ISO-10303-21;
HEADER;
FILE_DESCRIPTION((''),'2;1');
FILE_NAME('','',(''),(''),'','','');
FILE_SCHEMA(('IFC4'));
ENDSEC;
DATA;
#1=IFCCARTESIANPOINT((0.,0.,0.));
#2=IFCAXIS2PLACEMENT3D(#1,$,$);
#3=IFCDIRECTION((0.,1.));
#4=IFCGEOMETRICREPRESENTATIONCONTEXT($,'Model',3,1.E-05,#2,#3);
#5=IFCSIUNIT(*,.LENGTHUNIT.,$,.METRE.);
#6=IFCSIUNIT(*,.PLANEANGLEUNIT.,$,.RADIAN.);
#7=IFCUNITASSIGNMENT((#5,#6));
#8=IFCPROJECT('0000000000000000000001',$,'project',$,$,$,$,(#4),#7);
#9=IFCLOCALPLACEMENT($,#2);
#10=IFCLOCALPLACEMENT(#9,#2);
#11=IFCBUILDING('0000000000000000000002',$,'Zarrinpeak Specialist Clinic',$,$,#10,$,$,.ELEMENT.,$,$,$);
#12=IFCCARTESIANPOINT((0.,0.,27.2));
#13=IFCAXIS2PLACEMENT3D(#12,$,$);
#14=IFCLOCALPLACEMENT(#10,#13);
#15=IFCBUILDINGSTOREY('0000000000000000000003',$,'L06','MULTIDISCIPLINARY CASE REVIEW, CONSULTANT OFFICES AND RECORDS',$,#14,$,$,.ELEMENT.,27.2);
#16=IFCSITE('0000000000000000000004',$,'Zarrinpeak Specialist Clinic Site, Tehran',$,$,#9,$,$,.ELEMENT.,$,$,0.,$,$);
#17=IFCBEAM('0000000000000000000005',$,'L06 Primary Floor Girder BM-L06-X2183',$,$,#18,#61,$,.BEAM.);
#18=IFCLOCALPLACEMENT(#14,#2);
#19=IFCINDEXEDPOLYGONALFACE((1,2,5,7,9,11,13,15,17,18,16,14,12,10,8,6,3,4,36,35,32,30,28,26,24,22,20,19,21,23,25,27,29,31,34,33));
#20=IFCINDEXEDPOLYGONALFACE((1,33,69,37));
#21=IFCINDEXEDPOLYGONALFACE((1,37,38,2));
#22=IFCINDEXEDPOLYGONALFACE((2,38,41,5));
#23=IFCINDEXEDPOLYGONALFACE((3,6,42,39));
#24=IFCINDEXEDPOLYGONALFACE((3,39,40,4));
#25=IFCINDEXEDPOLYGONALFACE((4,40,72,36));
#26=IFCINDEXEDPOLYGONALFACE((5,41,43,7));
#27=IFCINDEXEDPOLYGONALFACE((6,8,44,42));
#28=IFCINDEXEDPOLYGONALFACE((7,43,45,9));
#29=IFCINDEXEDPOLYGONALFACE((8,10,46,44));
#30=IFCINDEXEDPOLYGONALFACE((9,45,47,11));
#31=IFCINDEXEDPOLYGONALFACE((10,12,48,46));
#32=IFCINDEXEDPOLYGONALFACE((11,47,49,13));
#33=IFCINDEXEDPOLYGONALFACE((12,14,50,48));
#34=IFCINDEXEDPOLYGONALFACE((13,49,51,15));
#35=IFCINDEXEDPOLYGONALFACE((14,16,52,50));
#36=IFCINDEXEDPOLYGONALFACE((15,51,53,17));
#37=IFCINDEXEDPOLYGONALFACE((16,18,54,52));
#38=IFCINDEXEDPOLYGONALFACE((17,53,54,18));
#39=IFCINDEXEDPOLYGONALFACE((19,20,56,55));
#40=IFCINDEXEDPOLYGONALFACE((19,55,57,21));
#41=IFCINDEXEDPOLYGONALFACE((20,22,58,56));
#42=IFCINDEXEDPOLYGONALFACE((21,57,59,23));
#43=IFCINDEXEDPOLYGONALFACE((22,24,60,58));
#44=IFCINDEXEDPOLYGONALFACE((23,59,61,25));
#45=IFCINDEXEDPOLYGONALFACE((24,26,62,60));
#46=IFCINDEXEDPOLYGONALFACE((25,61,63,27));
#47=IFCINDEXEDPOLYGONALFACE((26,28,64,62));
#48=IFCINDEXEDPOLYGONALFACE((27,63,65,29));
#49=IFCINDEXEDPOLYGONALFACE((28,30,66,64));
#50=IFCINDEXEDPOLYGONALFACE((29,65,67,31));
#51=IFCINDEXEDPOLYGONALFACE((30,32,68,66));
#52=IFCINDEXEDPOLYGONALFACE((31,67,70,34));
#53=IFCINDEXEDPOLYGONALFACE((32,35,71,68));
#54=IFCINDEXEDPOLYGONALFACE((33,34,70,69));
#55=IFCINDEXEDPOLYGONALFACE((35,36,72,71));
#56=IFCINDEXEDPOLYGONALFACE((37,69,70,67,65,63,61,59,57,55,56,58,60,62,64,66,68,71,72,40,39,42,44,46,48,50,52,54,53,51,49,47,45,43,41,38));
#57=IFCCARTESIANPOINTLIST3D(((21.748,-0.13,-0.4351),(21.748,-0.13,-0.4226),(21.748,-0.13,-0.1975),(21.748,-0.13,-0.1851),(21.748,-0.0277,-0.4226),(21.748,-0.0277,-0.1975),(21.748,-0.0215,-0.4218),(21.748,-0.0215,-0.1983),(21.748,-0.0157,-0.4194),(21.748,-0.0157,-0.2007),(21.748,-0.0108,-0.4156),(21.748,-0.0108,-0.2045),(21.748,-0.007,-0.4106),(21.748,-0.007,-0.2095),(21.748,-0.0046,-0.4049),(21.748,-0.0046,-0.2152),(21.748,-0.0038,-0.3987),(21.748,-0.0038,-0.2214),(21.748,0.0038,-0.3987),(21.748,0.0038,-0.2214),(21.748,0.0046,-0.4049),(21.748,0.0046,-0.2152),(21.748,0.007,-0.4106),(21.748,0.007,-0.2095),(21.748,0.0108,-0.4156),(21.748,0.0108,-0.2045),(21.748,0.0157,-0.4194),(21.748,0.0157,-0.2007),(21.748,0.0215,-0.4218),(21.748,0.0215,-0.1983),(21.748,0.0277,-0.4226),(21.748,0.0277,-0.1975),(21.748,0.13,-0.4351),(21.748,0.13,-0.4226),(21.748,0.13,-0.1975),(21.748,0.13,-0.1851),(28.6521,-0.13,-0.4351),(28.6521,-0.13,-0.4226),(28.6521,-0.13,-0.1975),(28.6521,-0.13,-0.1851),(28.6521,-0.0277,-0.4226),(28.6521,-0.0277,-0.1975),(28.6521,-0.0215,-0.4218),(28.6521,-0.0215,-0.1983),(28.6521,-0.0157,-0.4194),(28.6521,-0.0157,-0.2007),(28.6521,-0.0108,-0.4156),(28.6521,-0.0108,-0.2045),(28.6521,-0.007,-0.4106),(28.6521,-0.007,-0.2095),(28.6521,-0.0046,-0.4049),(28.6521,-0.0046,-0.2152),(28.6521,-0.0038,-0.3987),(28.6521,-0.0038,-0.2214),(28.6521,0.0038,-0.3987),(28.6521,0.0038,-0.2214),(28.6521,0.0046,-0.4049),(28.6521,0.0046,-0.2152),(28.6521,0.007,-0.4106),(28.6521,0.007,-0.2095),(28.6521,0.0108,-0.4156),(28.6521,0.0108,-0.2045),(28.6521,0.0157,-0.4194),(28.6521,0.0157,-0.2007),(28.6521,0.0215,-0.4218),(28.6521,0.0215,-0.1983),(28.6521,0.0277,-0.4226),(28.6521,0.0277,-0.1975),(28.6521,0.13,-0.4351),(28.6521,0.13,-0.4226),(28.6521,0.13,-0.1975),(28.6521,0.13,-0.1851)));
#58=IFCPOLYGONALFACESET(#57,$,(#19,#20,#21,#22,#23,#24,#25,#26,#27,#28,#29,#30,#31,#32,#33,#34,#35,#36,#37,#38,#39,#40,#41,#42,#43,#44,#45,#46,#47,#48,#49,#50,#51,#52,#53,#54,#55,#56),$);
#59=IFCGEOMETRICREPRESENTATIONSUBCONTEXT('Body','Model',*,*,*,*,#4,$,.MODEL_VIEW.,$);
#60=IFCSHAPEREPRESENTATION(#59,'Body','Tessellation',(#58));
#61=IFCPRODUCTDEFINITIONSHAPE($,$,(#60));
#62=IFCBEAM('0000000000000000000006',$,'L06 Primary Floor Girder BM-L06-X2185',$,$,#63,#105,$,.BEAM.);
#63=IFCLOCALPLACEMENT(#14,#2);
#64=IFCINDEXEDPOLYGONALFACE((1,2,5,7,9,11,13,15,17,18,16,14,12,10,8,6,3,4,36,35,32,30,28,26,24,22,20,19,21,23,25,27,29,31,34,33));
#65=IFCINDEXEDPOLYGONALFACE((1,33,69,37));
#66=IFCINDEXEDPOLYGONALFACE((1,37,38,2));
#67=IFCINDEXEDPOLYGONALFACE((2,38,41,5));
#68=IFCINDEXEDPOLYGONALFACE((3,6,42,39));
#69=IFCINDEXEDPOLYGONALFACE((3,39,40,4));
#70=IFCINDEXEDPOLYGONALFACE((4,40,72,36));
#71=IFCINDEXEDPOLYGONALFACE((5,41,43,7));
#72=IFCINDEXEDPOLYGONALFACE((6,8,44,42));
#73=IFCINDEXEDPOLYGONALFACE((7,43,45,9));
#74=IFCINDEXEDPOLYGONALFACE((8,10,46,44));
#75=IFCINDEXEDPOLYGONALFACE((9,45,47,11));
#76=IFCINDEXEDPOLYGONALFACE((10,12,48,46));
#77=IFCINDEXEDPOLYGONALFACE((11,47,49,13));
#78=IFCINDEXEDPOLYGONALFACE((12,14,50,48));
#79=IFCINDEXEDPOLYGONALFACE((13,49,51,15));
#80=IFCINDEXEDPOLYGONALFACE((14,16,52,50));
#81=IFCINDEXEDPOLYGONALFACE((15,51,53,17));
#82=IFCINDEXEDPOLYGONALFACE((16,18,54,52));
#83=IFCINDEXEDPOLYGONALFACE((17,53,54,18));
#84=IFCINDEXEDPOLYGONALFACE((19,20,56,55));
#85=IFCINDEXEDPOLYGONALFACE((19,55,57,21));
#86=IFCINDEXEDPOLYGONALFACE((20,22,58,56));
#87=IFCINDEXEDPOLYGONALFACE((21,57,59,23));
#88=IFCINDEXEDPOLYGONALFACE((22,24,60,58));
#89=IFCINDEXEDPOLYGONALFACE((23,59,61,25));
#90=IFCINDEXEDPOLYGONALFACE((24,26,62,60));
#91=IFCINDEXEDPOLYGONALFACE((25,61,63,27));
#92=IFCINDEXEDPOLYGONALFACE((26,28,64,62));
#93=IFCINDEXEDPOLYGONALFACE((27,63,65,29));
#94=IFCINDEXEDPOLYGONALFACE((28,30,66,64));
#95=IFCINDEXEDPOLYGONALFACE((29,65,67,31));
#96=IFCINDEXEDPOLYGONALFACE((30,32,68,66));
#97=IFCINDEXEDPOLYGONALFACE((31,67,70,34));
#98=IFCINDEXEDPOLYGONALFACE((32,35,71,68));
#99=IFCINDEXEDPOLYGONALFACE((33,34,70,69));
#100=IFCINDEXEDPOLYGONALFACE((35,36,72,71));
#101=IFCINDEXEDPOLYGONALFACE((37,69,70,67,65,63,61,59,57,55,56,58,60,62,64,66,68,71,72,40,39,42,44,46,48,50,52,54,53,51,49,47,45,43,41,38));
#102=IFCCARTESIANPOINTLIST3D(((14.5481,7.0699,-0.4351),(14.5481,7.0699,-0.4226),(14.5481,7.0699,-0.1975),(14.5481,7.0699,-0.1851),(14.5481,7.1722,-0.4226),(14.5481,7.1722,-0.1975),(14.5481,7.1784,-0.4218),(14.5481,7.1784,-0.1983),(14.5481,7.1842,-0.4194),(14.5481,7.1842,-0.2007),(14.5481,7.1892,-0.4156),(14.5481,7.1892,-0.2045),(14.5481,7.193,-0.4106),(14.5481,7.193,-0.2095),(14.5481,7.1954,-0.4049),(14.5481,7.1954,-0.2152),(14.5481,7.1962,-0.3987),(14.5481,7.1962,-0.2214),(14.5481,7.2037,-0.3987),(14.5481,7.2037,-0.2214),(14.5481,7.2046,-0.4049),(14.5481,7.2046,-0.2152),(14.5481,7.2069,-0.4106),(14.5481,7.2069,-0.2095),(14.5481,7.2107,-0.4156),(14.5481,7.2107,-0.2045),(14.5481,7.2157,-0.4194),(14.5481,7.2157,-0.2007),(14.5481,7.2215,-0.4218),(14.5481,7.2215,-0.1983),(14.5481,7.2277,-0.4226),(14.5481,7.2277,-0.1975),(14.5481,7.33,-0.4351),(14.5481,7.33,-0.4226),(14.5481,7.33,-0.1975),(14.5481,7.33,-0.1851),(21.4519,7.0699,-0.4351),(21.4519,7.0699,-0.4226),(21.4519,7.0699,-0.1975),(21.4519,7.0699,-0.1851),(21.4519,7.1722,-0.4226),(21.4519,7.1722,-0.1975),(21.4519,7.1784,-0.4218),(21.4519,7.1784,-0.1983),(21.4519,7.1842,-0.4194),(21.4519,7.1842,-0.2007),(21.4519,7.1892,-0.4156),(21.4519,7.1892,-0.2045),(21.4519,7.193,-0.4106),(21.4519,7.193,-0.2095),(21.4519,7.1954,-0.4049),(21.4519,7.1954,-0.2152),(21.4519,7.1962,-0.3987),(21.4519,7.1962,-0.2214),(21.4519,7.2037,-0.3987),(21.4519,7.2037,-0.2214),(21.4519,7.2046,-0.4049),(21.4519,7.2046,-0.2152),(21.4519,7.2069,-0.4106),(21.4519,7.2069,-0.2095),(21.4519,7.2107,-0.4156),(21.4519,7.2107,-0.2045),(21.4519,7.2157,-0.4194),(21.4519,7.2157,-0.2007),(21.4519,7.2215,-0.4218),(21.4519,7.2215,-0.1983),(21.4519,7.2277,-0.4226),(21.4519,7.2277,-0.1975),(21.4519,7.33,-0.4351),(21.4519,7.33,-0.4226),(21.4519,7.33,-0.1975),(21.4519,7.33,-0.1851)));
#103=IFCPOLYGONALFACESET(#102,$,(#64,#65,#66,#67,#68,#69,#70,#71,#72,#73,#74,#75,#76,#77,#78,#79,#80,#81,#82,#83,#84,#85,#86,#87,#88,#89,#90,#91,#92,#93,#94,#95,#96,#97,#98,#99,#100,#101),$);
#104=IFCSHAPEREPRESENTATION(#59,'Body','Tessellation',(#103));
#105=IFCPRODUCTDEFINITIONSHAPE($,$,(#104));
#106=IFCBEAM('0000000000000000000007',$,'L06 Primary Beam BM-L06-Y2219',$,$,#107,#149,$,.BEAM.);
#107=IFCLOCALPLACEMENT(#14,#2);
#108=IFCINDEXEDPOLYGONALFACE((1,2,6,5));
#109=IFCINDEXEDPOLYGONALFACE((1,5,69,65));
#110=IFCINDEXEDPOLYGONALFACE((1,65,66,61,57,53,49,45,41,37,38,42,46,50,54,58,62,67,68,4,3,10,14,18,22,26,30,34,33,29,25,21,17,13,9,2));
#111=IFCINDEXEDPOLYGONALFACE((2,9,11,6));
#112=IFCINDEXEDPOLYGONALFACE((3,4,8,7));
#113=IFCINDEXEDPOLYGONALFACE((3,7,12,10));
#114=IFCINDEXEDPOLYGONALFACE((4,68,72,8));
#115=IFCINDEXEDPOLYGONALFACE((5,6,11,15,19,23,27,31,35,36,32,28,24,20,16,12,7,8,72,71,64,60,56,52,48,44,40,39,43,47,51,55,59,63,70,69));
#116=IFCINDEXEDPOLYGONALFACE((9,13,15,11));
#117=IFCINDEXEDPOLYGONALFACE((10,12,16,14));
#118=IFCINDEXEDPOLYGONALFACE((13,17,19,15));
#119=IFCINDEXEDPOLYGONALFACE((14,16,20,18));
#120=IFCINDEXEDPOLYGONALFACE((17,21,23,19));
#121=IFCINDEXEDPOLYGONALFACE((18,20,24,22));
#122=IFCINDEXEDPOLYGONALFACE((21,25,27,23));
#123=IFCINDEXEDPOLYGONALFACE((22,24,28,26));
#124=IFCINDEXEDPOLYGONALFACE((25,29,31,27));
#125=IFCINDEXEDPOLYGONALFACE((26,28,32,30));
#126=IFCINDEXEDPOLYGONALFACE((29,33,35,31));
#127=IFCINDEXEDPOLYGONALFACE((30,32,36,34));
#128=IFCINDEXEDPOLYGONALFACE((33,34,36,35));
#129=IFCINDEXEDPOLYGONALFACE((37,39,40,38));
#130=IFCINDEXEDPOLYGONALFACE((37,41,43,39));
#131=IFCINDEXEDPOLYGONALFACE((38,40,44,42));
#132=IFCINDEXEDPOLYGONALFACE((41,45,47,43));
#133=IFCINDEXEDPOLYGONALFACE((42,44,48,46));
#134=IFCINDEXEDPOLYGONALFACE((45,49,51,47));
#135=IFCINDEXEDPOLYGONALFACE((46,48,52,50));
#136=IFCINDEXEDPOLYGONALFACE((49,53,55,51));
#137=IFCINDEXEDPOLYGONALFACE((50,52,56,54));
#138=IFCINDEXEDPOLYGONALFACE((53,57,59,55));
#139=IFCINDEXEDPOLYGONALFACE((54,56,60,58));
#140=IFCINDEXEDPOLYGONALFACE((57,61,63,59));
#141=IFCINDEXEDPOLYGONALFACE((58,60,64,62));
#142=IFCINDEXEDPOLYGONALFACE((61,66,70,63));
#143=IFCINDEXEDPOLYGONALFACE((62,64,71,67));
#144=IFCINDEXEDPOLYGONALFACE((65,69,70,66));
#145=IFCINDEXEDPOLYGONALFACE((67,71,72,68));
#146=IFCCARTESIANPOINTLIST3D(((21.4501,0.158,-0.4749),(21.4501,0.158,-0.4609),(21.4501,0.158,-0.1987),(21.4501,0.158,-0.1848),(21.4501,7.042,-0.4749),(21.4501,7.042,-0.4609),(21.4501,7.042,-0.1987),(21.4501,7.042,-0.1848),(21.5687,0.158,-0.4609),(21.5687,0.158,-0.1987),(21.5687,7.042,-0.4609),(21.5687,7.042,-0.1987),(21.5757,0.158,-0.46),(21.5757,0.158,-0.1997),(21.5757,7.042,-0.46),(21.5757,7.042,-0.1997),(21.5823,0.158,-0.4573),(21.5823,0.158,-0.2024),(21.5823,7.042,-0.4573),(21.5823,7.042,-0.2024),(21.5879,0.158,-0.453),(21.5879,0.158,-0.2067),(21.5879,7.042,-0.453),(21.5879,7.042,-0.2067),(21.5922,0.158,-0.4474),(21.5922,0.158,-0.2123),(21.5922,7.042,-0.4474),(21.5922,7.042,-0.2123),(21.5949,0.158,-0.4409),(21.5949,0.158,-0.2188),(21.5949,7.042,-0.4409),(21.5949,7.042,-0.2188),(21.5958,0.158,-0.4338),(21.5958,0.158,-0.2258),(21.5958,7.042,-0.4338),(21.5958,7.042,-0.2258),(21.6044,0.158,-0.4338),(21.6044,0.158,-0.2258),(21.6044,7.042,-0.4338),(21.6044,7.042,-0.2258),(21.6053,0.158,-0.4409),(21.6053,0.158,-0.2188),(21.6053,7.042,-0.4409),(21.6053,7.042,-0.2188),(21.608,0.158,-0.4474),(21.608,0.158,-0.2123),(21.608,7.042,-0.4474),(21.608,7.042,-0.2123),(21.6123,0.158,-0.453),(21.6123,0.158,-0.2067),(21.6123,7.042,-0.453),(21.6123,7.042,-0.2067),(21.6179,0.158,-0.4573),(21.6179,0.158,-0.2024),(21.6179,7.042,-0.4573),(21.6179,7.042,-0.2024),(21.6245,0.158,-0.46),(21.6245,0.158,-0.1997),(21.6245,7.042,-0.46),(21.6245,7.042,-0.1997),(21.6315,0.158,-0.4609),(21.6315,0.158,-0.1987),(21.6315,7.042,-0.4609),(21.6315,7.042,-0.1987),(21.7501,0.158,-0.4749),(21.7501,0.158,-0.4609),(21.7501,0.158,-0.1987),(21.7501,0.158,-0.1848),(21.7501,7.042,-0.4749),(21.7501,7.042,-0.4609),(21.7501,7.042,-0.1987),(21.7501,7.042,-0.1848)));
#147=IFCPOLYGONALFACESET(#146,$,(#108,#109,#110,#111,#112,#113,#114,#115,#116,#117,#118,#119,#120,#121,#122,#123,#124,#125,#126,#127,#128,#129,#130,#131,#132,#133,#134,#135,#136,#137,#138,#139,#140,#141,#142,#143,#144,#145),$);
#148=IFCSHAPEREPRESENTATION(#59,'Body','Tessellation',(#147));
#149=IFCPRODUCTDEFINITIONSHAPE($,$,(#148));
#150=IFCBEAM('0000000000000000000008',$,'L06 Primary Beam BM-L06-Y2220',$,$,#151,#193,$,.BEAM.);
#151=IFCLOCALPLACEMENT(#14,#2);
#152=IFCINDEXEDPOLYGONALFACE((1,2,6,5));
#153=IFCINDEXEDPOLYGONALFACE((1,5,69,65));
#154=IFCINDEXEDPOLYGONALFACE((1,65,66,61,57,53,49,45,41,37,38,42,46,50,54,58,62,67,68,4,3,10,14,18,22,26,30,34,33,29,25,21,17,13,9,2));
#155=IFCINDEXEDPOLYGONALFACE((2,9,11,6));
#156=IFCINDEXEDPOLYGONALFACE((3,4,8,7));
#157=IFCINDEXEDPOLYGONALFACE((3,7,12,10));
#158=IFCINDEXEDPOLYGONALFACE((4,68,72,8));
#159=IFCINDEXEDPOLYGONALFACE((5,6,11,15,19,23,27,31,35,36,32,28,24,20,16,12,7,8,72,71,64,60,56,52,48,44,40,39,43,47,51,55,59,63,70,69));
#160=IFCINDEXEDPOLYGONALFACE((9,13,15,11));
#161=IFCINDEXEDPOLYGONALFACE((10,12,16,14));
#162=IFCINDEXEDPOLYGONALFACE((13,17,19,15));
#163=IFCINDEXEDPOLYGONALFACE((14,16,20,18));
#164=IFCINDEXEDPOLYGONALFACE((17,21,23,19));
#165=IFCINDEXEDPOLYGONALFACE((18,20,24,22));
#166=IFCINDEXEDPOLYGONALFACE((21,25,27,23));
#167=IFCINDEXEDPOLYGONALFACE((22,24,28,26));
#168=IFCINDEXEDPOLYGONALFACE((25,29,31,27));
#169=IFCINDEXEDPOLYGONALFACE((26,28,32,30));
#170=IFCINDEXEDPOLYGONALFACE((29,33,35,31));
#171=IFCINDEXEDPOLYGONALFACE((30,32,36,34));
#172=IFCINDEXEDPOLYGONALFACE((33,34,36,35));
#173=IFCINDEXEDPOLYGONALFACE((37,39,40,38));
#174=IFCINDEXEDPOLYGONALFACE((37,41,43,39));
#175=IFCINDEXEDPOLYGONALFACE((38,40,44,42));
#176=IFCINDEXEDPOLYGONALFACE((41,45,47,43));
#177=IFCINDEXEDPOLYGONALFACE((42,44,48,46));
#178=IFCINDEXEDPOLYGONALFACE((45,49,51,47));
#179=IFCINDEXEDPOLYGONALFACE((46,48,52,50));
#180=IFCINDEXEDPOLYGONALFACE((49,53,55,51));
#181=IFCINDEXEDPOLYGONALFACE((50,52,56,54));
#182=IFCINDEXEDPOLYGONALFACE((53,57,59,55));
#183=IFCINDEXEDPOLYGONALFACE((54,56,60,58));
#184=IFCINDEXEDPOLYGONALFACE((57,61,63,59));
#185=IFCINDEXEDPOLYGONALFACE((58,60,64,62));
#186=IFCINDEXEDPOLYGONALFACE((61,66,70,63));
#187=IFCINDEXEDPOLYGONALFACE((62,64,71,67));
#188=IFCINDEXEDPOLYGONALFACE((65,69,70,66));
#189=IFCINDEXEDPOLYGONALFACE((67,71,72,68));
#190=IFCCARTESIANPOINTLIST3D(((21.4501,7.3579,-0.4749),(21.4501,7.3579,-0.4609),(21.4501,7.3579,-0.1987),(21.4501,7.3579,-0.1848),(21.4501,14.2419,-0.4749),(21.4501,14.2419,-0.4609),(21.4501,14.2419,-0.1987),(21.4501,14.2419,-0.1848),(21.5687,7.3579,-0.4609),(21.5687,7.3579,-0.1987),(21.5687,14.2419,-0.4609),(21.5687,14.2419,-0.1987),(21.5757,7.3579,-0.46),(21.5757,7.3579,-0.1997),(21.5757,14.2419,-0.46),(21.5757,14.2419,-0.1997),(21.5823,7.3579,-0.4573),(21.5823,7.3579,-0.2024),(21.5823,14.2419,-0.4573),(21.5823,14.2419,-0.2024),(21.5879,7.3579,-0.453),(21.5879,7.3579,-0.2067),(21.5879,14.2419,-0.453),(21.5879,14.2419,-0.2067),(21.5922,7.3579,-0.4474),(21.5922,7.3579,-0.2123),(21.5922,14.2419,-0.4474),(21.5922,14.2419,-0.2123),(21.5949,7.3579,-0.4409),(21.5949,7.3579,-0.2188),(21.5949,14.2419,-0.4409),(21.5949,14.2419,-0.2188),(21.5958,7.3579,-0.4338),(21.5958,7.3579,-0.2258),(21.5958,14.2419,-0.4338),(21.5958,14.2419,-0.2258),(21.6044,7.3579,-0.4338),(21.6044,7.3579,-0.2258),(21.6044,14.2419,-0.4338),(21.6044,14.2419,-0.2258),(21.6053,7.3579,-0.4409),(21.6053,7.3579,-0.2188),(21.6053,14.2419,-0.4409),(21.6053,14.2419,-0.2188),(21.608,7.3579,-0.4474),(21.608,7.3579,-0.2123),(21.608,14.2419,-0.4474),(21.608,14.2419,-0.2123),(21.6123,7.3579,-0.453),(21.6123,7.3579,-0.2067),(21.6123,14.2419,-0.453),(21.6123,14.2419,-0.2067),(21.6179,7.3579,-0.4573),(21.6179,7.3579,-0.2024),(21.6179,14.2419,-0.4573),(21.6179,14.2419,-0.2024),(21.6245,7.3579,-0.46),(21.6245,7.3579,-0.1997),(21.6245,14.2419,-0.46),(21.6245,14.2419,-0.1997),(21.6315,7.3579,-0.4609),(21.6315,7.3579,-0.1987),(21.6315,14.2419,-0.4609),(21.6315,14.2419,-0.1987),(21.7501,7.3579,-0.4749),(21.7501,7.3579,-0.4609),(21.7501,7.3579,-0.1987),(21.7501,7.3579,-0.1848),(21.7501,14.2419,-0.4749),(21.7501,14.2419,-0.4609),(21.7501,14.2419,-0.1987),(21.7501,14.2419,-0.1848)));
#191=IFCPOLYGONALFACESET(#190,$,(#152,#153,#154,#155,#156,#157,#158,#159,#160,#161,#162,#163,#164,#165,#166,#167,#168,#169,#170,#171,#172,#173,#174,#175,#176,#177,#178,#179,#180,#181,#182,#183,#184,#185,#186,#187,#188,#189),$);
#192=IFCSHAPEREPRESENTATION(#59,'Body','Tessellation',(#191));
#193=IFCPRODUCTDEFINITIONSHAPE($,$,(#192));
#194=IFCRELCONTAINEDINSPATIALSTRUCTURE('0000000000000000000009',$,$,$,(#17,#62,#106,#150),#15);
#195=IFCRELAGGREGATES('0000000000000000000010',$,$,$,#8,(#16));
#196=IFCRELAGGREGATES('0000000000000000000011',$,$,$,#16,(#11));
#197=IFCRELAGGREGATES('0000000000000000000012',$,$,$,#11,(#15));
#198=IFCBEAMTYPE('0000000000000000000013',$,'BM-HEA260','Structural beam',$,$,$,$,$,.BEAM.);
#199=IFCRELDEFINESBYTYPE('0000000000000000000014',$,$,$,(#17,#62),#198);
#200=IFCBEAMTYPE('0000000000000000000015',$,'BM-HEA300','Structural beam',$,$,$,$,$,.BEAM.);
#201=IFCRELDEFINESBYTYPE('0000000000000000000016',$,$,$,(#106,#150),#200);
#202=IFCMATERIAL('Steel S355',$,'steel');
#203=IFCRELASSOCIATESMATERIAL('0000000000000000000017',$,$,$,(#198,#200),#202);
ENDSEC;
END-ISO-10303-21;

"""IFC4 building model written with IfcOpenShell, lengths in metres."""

from ifc_helpers import new_model, si_unit, direction, frame, origin, origin_2d, place, context, subcontext, project, spatial, i_section, extrude, material, material_profile, profile_set, type_object, element, save


model = new_model("IFC4")

# Units and contexts
model_context = context("Model", 3, precision=1e-05, world=origin(), true_north=direction((0.0, 1.0)))
body_context = subcontext(model_context, "Body", "Model", "MODEL_VIEW")
ifc_project = project(units=[si_unit("LENGTHUNIT", "METRE"), si_unit("PLANEANGLEUNIT", "RADIAN")], contexts=[model_context])

# Site, building, storey
site_placement = place(None, origin())
site = spatial("IfcSite", under=ifc_project, at=site_placement, Name="Zarrinpeak Specialist Clinic Site, Tehran", CompositionType="ELEMENT", RefElevation=0.0)
building_placement = place(site_placement, origin())
building = spatial("IfcBuilding", under=site, at=building_placement, Name="Zarrinpeak Specialist Clinic", CompositionType="ELEMENT")
storey_placement = place(building_placement, frame((0.0, 0.0, 27.2)))
storey = spatial("IfcBuildingStorey", under=building, at=storey_placement, Name="L06", Description="MULTIDISCIPLINARY CASE REVIEW, CONSULTANT OFFICES AND RECORDS", CompositionType="ELEMENT", Elevation=27.2)

# Shared definitions
ifc_material_1 = material(Name="Steel S355", Category="steel")

# Beams
ifc_material_profile_1 = material_profile(ifc_material_1, i_section(OverallWidth=0.26, OverallDepth=0.25, WebThickness=0.0076, FlangeThickness=0.0125, FilletRadius=0.0239, at=origin_2d()), Name="HEA 260")
ifc_profile_set_1 = profile_set([ifc_material_profile_1], Name="Steel S355")
beam_type_1 = type_object("IfcBeamType", Name="BM-HEA260", Description="Structural beam", PredefinedType="BEAM", material=ifc_profile_set_1)
beam_1_placement = place(storey_placement, frame((21.748, 0.0, -0.3101), z_axis=(1.0, 0.0, 0.0), x_axis=(0.0, 1.0, 0.0)))
element("IfcBeam", 1, at=beam_1_placement, inside=storey, type_object=beam_type_1, Name="L06 Primary Floor Girder BM-L06-X2183", PredefinedType="BEAM", context=body_context, shape_type="SweptSolid", body=[
    extrude(i_section(OverallWidth=0.26, OverallDepth=0.25, WebThickness=0.0076, FlangeThickness=0.0125, FilletRadius=0.0239, at=origin_2d()), origin(), (0.0, 0.0, 1.0), 6.9041),
])
beam_2_placement = place(storey_placement, frame((14.5481, 7.2, -0.3101), z_axis=(1.0, 0.0, 0.0), x_axis=(0.0, 1.0, 0.0)))
element("IfcBeam", 2, at=beam_2_placement, inside=storey, type_object=beam_type_1, Name="L06 Primary Floor Girder BM-L06-X2185", PredefinedType="BEAM", context=body_context, shape_type="SweptSolid", body=[
    extrude(i_section(OverallWidth=0.26, OverallDepth=0.25, WebThickness=0.0076, FlangeThickness=0.0125, FilletRadius=0.0239, at=origin_2d()), origin(), (0.0, 0.0, 1.0), 6.9038),
])
ifc_material_profile_2 = material_profile(ifc_material_1, i_section(OverallWidth=0.3, OverallDepth=0.29, WebThickness=0.0085, FlangeThickness=0.0139, FilletRadius=0.0271, at=origin_2d()), Name="HEA 300")
ifc_profile_set_2 = profile_set([ifc_material_profile_2], Name="Steel S355")
beam_type_2 = type_object("IfcBeamType", Name="BM-HEA300", Description="Structural beam", PredefinedType="BEAM", material=ifc_profile_set_2)
for number, where, z_axis, x_axis, name in (
    (3, (21.6001, 0.158, -0.3298), (0.0, 1.0, 0.0), (-1.0, 0.0, 0.0), "L06 Primary Beam BM-L06-Y2219"),
    (4, (21.6001, 7.3579, -0.3298), (0.0, 1.0, 0.0), (-1.0, 0.0, 0.0), "L06 Primary Beam BM-L06-Y2220"),
):
    element("IfcBeam", number, at=place(storey_placement, frame(where, z_axis=z_axis, x_axis=x_axis)), inside=storey, type_object=beam_type_2, Name=name, PredefinedType="BEAM", context=body_context, shape_type="SweptSolid", body=[
        extrude(i_section(OverallWidth=0.3, OverallDepth=0.29, WebThickness=0.0085, FlangeThickness=0.0139, FilletRadius=0.0271, at=origin_2d()), origin(), (0.0, 0.0, 1.0), 6.884),
    ])

save(model, "model.ifc")
